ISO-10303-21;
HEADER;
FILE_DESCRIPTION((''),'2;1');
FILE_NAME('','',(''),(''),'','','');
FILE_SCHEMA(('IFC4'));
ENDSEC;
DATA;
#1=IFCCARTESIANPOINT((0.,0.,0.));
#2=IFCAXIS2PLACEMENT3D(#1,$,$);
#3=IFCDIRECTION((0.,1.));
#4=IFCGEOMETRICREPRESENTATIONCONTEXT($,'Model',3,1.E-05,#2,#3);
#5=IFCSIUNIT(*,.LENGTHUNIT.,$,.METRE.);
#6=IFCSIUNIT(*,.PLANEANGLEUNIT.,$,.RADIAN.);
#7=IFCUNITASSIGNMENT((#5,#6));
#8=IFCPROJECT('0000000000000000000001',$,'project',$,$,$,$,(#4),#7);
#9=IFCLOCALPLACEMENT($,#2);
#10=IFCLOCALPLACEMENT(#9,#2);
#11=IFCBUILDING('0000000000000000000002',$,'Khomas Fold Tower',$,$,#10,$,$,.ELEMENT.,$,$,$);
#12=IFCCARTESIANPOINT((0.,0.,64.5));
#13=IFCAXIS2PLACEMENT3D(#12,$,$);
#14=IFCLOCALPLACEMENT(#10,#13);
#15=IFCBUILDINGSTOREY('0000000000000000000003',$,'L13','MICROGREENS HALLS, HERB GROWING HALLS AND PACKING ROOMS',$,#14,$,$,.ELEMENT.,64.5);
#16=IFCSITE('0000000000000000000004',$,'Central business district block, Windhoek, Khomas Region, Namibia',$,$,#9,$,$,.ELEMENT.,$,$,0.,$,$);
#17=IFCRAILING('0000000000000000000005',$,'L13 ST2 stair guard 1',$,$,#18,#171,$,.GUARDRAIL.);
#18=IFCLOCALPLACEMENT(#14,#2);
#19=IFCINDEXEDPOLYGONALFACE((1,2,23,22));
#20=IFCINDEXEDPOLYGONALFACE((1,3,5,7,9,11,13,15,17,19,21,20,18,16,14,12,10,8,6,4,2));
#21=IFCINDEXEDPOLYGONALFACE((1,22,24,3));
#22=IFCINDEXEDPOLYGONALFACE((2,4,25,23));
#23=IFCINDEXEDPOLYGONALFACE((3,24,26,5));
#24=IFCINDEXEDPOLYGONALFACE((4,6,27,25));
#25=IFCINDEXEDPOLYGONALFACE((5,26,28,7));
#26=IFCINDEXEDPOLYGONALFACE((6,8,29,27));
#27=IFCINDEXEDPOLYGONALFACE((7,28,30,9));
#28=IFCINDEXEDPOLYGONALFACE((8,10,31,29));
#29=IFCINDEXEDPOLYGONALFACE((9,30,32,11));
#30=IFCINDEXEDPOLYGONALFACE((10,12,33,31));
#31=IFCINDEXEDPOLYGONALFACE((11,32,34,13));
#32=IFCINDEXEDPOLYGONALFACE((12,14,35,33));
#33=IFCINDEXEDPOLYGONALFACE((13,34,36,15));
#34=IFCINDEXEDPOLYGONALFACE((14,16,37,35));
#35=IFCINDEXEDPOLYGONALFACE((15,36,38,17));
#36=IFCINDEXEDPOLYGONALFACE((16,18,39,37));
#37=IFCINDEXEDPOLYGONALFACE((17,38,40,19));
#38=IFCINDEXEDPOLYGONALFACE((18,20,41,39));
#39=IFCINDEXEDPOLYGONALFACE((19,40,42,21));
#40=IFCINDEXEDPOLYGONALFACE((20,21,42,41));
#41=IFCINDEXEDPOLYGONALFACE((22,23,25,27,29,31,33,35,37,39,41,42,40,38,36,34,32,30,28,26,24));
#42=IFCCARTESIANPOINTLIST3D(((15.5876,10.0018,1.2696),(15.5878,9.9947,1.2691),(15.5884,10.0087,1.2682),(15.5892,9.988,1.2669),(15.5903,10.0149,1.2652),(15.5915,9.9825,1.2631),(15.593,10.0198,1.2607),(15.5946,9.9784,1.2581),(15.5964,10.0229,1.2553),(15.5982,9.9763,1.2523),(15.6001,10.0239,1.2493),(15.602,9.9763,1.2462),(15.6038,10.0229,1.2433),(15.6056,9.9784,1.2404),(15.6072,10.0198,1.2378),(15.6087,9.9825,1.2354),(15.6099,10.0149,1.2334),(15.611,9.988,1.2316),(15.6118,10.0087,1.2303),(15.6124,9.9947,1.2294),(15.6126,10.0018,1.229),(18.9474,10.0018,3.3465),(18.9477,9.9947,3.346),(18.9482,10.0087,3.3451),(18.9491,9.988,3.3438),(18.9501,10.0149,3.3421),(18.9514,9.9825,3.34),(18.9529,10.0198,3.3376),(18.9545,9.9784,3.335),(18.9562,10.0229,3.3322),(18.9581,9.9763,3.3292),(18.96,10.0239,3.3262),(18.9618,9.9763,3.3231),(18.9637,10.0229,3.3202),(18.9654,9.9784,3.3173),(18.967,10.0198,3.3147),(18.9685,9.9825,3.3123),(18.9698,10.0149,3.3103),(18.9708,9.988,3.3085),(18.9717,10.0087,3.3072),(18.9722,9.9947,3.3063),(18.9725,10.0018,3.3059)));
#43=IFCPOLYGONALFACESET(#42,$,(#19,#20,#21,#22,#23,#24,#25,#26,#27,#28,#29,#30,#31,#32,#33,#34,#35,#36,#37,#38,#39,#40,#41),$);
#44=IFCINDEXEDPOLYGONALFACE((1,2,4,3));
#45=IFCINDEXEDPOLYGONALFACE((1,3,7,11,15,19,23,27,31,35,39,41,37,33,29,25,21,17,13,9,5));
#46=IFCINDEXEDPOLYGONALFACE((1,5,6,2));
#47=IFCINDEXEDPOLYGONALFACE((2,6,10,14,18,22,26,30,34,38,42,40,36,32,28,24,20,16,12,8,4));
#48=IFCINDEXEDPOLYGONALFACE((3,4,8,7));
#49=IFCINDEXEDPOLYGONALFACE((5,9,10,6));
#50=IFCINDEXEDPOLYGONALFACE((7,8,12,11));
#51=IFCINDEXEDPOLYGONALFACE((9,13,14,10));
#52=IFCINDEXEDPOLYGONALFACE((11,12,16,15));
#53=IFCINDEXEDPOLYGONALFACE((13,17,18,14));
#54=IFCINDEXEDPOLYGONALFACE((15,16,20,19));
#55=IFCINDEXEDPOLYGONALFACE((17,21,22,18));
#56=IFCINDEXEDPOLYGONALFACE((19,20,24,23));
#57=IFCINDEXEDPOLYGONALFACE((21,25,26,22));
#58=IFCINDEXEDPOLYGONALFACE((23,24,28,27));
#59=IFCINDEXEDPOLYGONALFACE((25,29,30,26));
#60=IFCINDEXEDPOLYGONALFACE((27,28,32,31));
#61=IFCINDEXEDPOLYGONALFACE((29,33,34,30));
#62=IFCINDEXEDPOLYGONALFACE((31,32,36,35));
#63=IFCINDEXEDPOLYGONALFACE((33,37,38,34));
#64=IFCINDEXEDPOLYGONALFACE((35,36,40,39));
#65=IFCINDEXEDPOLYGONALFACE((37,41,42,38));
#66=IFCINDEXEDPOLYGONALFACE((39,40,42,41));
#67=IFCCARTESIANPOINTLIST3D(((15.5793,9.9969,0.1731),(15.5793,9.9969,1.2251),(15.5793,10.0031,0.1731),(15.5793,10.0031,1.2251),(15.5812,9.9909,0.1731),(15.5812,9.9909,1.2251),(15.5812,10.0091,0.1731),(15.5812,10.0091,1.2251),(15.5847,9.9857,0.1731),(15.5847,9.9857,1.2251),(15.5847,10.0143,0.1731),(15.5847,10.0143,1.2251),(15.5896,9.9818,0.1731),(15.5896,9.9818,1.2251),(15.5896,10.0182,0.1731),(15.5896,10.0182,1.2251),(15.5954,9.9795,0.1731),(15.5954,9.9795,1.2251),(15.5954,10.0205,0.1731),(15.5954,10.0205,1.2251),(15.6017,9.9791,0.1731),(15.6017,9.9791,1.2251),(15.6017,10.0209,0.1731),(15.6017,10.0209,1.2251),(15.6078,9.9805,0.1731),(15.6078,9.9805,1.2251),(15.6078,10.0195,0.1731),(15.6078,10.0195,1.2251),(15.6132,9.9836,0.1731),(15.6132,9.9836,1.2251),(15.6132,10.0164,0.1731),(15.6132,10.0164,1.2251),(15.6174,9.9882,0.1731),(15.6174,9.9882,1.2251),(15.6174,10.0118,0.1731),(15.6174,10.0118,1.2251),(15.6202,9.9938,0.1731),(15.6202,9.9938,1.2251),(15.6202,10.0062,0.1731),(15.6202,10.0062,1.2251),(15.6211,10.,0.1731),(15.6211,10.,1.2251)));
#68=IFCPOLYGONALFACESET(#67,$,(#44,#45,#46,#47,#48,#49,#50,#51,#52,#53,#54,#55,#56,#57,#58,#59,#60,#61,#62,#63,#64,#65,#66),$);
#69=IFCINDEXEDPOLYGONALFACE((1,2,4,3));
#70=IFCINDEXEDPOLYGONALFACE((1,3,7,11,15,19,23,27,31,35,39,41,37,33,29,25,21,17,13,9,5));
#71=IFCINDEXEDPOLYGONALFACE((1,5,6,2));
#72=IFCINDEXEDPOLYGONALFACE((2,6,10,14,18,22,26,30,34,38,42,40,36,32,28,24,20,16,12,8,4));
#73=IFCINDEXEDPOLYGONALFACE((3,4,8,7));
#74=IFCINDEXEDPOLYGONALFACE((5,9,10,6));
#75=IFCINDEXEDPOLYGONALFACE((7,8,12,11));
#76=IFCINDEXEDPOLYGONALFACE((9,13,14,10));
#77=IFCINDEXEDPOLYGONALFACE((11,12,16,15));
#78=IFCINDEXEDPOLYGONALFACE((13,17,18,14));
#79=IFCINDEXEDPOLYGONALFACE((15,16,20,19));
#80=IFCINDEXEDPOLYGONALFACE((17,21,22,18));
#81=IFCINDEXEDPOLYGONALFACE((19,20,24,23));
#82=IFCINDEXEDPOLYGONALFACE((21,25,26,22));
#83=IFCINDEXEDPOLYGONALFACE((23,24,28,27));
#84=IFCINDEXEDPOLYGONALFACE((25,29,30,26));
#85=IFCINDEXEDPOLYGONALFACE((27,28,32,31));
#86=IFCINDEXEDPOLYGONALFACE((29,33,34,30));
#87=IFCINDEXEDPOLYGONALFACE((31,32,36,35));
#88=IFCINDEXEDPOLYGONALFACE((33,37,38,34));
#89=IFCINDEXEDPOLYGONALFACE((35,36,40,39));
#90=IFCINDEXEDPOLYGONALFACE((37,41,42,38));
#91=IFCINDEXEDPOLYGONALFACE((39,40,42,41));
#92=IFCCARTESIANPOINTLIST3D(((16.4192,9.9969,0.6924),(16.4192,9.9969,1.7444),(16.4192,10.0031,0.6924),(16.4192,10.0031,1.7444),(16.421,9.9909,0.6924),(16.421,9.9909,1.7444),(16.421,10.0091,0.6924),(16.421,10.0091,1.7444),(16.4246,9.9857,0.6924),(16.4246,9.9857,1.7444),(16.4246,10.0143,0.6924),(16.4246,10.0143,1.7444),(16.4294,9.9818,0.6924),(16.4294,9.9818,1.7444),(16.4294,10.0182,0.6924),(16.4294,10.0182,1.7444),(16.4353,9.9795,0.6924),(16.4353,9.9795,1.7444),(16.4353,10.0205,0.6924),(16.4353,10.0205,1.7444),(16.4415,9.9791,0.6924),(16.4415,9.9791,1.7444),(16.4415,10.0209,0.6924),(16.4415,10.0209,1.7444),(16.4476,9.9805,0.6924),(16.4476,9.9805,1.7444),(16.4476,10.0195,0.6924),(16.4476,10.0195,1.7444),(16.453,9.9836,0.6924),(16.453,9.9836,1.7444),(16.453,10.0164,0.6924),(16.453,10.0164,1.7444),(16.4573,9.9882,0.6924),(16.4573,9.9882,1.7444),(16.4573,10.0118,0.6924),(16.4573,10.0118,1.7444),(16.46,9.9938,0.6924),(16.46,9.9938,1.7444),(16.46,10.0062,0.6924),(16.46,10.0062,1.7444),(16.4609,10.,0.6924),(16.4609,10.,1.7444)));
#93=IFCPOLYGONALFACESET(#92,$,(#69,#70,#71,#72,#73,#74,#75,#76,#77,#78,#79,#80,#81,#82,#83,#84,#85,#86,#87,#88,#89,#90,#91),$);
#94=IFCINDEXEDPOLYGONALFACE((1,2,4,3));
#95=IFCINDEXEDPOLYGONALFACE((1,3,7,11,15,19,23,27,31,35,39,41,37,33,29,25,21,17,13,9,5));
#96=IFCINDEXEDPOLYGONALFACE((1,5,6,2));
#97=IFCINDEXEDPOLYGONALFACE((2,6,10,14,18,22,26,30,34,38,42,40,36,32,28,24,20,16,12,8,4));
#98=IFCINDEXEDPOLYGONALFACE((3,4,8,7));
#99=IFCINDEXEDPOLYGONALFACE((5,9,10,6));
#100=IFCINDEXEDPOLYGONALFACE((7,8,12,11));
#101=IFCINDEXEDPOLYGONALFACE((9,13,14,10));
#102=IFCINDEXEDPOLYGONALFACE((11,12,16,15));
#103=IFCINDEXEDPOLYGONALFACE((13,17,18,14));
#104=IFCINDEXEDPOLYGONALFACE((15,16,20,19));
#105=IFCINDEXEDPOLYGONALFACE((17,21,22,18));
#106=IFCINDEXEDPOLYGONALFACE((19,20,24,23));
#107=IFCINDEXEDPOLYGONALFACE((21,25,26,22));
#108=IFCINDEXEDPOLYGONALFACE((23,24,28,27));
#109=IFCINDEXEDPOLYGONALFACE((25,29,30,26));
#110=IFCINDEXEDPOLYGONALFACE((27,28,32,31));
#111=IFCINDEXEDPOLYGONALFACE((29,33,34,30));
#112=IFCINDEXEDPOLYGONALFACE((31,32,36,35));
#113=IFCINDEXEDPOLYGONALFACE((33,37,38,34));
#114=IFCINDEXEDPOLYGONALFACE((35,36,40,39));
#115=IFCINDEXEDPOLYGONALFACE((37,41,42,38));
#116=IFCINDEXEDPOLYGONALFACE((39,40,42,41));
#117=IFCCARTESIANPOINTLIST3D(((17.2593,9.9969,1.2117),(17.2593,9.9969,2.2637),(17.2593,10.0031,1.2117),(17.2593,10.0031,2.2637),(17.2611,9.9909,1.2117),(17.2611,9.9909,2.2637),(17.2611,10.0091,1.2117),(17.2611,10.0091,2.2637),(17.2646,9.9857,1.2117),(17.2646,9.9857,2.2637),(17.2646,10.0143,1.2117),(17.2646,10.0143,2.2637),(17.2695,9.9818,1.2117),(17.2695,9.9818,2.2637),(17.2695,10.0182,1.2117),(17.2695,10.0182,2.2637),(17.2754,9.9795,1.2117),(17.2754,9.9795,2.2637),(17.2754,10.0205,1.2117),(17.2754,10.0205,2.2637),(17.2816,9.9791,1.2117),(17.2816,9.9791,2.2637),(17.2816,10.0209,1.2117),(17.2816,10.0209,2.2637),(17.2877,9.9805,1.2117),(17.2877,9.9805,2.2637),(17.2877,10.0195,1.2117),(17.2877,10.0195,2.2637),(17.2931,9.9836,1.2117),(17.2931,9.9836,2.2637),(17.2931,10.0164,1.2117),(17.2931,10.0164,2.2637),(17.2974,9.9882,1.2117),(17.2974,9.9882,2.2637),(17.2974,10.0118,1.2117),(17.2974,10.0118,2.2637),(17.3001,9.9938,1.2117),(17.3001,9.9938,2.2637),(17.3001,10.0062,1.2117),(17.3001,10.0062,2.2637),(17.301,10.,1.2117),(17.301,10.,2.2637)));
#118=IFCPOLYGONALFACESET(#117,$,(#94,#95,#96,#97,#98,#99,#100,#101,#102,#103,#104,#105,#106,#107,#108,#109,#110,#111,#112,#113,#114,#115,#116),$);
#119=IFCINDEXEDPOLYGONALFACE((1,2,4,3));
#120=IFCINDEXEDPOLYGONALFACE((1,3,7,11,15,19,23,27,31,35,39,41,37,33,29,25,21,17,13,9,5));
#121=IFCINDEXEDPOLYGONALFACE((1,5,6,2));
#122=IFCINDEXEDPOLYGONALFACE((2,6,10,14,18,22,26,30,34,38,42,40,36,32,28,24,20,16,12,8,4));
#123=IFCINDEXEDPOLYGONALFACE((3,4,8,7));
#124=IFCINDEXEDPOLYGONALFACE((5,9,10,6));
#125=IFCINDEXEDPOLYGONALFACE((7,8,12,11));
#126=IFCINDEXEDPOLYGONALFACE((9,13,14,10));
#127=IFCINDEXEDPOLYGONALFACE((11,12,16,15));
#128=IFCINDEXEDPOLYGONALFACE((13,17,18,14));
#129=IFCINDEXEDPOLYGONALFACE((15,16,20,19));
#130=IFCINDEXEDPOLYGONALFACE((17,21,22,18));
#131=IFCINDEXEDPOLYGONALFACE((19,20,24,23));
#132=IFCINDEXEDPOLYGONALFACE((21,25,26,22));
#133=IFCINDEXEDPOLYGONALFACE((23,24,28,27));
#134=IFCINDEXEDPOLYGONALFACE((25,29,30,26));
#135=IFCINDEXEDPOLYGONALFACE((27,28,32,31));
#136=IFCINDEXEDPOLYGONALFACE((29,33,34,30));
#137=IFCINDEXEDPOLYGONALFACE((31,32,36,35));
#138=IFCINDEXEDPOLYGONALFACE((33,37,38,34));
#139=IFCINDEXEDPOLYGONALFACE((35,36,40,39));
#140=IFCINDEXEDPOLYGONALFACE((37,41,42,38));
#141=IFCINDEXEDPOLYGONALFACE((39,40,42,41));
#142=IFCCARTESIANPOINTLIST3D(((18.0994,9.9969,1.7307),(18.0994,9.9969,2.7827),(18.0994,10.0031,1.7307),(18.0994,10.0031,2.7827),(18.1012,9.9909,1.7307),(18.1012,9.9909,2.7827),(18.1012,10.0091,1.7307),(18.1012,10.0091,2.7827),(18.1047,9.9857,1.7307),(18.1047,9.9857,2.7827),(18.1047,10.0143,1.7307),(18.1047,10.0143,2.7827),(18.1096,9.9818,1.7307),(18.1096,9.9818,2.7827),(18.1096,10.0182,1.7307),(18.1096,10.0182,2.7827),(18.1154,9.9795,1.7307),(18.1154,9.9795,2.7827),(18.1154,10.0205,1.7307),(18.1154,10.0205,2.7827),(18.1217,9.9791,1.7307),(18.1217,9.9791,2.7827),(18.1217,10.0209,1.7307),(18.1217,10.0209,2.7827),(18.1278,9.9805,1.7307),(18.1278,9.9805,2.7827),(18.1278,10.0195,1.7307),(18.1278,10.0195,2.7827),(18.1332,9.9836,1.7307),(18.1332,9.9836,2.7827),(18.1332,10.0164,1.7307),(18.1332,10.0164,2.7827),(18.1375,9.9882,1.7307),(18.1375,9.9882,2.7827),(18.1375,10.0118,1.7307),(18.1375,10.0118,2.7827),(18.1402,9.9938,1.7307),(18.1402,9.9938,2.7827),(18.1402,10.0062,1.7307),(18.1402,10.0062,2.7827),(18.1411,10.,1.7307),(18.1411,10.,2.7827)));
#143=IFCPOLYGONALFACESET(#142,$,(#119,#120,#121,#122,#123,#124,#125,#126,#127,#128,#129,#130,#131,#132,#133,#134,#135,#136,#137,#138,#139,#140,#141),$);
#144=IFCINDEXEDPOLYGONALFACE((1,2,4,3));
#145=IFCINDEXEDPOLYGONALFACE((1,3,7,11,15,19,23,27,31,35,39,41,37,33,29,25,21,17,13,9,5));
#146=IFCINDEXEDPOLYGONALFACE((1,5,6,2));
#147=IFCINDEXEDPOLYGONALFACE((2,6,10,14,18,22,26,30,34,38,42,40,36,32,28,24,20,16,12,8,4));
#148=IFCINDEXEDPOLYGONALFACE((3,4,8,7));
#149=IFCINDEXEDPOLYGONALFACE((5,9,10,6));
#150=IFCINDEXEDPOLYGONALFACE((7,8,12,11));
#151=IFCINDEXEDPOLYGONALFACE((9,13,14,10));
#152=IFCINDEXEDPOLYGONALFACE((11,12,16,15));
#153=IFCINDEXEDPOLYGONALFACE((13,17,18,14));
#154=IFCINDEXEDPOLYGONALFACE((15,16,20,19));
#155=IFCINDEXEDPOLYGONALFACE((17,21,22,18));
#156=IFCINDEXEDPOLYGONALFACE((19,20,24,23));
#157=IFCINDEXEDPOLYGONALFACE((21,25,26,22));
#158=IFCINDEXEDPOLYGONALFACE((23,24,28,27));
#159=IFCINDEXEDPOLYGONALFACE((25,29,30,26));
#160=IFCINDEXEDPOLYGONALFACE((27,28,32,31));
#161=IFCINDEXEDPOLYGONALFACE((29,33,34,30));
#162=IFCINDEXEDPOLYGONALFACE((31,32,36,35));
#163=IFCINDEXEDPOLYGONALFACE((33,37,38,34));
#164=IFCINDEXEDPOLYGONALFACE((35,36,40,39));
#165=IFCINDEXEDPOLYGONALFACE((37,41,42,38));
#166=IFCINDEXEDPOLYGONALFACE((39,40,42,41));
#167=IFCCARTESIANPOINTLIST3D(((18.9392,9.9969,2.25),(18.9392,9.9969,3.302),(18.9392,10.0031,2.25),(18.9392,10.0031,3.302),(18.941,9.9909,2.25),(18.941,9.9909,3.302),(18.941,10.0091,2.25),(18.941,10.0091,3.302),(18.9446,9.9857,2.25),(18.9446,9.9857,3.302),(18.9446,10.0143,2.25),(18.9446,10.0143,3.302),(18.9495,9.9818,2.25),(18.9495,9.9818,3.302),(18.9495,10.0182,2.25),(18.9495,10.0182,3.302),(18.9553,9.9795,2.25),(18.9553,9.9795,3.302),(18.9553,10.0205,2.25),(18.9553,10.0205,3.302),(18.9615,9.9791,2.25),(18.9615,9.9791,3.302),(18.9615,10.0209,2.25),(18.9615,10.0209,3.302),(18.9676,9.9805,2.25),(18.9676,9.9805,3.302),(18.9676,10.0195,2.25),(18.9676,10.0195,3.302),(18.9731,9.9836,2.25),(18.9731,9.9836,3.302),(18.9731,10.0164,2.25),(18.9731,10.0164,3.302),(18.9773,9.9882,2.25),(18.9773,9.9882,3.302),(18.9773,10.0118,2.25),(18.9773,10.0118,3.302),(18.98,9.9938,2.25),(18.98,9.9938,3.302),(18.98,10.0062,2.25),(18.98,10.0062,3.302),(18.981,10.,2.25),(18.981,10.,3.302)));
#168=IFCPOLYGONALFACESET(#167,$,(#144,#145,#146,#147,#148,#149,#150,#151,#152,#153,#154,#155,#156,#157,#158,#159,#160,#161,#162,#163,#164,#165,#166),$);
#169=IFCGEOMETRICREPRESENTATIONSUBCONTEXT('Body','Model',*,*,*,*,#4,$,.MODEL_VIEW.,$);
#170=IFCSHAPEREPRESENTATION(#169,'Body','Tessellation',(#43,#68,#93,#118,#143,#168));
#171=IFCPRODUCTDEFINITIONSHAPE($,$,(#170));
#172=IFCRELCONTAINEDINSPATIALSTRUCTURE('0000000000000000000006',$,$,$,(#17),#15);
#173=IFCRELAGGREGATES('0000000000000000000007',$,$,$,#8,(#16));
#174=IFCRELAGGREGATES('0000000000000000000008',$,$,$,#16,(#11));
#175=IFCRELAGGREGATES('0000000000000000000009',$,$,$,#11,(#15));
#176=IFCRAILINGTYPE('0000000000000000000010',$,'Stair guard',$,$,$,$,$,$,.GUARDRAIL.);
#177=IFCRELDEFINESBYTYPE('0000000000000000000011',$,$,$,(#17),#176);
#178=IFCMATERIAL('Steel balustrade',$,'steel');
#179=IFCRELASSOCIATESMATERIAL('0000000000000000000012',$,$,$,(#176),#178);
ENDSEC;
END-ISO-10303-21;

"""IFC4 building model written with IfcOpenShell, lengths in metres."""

from ifc_helpers import new_model, si_unit, direction, frame, origin, origin_2d, place, context, subcontext, project, spatial, circle, extrude, source, transform, mapped, material, type_object, element, save


model = new_model("IFC4")

# Units and contexts
model_context = context("Model", 3, precision=1e-05, world=origin(), true_north=direction((0.0, 1.0)))
body_context = subcontext(model_context, "Body", "Model", "MODEL_VIEW")
ifc_project = project(units=[si_unit("LENGTHUNIT", "METRE"), si_unit("PLANEANGLEUNIT", "RADIAN")], contexts=[model_context])

# Site, building, storey
site_placement = place(None, origin())
site = spatial("IfcSite", under=ifc_project, at=site_placement, Name="Central business district block, Windhoek, Khomas Region, Namibia", CompositionType="ELEMENT", RefElevation=0.0)
building_placement = place(site_placement, origin())
building = spatial("IfcBuilding", under=site, at=building_placement, Name="Khomas Fold Tower", CompositionType="ELEMENT")
storey_placement = place(building_placement, frame((0.0, 0.0, 64.5)))
storey = spatial("IfcBuildingStorey", under=building, at=storey_placement, Name="L13", Description="MICROGREENS HALLS, HERB GROWING HALLS AND PACKING ROOMS", CompositionType="ELEMENT", Elevation=64.5)

# Railing
ifc_material_1 = material(Name="Steel balustrade", Category="steel")
railing_type_1 = type_object("IfcRailingType", Name="Stair guard", PredefinedType="GUARDRAIL", material=ifc_material_1)
shared_shape_1 = source(origin(), body_context, "Body", "SweptSolid", [
    extrude(circle(Radius=0.0239, at=origin_2d()), frame((0.0, 0.0, 1.0762), z_axis=(0.850606, 0.0, 0.525803), x_axis=(0.0, 1.0, 0.0)), (0.0, 0.0, 1.0), 3.95),
    extrude(circle(Radius=0.021, at=origin_2d()), origin(), (0.0, 0.0, 1.0), 1.052),
    extrude(circle(Radius=0.021, at=origin_2d()), frame((0.8398, 0.0, 0.5193)), (0.0, 0.0, 1.0), 1.052),
    extrude(circle(Radius=0.021, at=origin_2d()), frame((1.6799, 0.0, 1.0386)), (0.0, 0.0, 1.0), 1.052),
    extrude(circle(Radius=0.021, at=origin_2d()), frame((2.52, 0.0, 1.5576)), (0.0, 0.0, 1.0), 1.052),
    extrude(circle(Radius=0.021, at=origin_2d()), frame((3.3599, 0.0, 2.0769)), (0.0, 0.0, 1.0), 1.052),
])
railing_1_placement = place(storey_placement, frame((15.6001, 10.0, 0.1731)))
element("IfcRailing", 1, at=railing_1_placement, inside=storey, type_object=railing_type_1, Name="L13 ST2 stair guard 1", PredefinedType="GUARDRAIL", context=body_context, shape_type="MappedRepresentation", body=[
    mapped(shared_shape_1, transform((0.0, 0.0, 0.0))),
])

save(model, "model.ifc")
